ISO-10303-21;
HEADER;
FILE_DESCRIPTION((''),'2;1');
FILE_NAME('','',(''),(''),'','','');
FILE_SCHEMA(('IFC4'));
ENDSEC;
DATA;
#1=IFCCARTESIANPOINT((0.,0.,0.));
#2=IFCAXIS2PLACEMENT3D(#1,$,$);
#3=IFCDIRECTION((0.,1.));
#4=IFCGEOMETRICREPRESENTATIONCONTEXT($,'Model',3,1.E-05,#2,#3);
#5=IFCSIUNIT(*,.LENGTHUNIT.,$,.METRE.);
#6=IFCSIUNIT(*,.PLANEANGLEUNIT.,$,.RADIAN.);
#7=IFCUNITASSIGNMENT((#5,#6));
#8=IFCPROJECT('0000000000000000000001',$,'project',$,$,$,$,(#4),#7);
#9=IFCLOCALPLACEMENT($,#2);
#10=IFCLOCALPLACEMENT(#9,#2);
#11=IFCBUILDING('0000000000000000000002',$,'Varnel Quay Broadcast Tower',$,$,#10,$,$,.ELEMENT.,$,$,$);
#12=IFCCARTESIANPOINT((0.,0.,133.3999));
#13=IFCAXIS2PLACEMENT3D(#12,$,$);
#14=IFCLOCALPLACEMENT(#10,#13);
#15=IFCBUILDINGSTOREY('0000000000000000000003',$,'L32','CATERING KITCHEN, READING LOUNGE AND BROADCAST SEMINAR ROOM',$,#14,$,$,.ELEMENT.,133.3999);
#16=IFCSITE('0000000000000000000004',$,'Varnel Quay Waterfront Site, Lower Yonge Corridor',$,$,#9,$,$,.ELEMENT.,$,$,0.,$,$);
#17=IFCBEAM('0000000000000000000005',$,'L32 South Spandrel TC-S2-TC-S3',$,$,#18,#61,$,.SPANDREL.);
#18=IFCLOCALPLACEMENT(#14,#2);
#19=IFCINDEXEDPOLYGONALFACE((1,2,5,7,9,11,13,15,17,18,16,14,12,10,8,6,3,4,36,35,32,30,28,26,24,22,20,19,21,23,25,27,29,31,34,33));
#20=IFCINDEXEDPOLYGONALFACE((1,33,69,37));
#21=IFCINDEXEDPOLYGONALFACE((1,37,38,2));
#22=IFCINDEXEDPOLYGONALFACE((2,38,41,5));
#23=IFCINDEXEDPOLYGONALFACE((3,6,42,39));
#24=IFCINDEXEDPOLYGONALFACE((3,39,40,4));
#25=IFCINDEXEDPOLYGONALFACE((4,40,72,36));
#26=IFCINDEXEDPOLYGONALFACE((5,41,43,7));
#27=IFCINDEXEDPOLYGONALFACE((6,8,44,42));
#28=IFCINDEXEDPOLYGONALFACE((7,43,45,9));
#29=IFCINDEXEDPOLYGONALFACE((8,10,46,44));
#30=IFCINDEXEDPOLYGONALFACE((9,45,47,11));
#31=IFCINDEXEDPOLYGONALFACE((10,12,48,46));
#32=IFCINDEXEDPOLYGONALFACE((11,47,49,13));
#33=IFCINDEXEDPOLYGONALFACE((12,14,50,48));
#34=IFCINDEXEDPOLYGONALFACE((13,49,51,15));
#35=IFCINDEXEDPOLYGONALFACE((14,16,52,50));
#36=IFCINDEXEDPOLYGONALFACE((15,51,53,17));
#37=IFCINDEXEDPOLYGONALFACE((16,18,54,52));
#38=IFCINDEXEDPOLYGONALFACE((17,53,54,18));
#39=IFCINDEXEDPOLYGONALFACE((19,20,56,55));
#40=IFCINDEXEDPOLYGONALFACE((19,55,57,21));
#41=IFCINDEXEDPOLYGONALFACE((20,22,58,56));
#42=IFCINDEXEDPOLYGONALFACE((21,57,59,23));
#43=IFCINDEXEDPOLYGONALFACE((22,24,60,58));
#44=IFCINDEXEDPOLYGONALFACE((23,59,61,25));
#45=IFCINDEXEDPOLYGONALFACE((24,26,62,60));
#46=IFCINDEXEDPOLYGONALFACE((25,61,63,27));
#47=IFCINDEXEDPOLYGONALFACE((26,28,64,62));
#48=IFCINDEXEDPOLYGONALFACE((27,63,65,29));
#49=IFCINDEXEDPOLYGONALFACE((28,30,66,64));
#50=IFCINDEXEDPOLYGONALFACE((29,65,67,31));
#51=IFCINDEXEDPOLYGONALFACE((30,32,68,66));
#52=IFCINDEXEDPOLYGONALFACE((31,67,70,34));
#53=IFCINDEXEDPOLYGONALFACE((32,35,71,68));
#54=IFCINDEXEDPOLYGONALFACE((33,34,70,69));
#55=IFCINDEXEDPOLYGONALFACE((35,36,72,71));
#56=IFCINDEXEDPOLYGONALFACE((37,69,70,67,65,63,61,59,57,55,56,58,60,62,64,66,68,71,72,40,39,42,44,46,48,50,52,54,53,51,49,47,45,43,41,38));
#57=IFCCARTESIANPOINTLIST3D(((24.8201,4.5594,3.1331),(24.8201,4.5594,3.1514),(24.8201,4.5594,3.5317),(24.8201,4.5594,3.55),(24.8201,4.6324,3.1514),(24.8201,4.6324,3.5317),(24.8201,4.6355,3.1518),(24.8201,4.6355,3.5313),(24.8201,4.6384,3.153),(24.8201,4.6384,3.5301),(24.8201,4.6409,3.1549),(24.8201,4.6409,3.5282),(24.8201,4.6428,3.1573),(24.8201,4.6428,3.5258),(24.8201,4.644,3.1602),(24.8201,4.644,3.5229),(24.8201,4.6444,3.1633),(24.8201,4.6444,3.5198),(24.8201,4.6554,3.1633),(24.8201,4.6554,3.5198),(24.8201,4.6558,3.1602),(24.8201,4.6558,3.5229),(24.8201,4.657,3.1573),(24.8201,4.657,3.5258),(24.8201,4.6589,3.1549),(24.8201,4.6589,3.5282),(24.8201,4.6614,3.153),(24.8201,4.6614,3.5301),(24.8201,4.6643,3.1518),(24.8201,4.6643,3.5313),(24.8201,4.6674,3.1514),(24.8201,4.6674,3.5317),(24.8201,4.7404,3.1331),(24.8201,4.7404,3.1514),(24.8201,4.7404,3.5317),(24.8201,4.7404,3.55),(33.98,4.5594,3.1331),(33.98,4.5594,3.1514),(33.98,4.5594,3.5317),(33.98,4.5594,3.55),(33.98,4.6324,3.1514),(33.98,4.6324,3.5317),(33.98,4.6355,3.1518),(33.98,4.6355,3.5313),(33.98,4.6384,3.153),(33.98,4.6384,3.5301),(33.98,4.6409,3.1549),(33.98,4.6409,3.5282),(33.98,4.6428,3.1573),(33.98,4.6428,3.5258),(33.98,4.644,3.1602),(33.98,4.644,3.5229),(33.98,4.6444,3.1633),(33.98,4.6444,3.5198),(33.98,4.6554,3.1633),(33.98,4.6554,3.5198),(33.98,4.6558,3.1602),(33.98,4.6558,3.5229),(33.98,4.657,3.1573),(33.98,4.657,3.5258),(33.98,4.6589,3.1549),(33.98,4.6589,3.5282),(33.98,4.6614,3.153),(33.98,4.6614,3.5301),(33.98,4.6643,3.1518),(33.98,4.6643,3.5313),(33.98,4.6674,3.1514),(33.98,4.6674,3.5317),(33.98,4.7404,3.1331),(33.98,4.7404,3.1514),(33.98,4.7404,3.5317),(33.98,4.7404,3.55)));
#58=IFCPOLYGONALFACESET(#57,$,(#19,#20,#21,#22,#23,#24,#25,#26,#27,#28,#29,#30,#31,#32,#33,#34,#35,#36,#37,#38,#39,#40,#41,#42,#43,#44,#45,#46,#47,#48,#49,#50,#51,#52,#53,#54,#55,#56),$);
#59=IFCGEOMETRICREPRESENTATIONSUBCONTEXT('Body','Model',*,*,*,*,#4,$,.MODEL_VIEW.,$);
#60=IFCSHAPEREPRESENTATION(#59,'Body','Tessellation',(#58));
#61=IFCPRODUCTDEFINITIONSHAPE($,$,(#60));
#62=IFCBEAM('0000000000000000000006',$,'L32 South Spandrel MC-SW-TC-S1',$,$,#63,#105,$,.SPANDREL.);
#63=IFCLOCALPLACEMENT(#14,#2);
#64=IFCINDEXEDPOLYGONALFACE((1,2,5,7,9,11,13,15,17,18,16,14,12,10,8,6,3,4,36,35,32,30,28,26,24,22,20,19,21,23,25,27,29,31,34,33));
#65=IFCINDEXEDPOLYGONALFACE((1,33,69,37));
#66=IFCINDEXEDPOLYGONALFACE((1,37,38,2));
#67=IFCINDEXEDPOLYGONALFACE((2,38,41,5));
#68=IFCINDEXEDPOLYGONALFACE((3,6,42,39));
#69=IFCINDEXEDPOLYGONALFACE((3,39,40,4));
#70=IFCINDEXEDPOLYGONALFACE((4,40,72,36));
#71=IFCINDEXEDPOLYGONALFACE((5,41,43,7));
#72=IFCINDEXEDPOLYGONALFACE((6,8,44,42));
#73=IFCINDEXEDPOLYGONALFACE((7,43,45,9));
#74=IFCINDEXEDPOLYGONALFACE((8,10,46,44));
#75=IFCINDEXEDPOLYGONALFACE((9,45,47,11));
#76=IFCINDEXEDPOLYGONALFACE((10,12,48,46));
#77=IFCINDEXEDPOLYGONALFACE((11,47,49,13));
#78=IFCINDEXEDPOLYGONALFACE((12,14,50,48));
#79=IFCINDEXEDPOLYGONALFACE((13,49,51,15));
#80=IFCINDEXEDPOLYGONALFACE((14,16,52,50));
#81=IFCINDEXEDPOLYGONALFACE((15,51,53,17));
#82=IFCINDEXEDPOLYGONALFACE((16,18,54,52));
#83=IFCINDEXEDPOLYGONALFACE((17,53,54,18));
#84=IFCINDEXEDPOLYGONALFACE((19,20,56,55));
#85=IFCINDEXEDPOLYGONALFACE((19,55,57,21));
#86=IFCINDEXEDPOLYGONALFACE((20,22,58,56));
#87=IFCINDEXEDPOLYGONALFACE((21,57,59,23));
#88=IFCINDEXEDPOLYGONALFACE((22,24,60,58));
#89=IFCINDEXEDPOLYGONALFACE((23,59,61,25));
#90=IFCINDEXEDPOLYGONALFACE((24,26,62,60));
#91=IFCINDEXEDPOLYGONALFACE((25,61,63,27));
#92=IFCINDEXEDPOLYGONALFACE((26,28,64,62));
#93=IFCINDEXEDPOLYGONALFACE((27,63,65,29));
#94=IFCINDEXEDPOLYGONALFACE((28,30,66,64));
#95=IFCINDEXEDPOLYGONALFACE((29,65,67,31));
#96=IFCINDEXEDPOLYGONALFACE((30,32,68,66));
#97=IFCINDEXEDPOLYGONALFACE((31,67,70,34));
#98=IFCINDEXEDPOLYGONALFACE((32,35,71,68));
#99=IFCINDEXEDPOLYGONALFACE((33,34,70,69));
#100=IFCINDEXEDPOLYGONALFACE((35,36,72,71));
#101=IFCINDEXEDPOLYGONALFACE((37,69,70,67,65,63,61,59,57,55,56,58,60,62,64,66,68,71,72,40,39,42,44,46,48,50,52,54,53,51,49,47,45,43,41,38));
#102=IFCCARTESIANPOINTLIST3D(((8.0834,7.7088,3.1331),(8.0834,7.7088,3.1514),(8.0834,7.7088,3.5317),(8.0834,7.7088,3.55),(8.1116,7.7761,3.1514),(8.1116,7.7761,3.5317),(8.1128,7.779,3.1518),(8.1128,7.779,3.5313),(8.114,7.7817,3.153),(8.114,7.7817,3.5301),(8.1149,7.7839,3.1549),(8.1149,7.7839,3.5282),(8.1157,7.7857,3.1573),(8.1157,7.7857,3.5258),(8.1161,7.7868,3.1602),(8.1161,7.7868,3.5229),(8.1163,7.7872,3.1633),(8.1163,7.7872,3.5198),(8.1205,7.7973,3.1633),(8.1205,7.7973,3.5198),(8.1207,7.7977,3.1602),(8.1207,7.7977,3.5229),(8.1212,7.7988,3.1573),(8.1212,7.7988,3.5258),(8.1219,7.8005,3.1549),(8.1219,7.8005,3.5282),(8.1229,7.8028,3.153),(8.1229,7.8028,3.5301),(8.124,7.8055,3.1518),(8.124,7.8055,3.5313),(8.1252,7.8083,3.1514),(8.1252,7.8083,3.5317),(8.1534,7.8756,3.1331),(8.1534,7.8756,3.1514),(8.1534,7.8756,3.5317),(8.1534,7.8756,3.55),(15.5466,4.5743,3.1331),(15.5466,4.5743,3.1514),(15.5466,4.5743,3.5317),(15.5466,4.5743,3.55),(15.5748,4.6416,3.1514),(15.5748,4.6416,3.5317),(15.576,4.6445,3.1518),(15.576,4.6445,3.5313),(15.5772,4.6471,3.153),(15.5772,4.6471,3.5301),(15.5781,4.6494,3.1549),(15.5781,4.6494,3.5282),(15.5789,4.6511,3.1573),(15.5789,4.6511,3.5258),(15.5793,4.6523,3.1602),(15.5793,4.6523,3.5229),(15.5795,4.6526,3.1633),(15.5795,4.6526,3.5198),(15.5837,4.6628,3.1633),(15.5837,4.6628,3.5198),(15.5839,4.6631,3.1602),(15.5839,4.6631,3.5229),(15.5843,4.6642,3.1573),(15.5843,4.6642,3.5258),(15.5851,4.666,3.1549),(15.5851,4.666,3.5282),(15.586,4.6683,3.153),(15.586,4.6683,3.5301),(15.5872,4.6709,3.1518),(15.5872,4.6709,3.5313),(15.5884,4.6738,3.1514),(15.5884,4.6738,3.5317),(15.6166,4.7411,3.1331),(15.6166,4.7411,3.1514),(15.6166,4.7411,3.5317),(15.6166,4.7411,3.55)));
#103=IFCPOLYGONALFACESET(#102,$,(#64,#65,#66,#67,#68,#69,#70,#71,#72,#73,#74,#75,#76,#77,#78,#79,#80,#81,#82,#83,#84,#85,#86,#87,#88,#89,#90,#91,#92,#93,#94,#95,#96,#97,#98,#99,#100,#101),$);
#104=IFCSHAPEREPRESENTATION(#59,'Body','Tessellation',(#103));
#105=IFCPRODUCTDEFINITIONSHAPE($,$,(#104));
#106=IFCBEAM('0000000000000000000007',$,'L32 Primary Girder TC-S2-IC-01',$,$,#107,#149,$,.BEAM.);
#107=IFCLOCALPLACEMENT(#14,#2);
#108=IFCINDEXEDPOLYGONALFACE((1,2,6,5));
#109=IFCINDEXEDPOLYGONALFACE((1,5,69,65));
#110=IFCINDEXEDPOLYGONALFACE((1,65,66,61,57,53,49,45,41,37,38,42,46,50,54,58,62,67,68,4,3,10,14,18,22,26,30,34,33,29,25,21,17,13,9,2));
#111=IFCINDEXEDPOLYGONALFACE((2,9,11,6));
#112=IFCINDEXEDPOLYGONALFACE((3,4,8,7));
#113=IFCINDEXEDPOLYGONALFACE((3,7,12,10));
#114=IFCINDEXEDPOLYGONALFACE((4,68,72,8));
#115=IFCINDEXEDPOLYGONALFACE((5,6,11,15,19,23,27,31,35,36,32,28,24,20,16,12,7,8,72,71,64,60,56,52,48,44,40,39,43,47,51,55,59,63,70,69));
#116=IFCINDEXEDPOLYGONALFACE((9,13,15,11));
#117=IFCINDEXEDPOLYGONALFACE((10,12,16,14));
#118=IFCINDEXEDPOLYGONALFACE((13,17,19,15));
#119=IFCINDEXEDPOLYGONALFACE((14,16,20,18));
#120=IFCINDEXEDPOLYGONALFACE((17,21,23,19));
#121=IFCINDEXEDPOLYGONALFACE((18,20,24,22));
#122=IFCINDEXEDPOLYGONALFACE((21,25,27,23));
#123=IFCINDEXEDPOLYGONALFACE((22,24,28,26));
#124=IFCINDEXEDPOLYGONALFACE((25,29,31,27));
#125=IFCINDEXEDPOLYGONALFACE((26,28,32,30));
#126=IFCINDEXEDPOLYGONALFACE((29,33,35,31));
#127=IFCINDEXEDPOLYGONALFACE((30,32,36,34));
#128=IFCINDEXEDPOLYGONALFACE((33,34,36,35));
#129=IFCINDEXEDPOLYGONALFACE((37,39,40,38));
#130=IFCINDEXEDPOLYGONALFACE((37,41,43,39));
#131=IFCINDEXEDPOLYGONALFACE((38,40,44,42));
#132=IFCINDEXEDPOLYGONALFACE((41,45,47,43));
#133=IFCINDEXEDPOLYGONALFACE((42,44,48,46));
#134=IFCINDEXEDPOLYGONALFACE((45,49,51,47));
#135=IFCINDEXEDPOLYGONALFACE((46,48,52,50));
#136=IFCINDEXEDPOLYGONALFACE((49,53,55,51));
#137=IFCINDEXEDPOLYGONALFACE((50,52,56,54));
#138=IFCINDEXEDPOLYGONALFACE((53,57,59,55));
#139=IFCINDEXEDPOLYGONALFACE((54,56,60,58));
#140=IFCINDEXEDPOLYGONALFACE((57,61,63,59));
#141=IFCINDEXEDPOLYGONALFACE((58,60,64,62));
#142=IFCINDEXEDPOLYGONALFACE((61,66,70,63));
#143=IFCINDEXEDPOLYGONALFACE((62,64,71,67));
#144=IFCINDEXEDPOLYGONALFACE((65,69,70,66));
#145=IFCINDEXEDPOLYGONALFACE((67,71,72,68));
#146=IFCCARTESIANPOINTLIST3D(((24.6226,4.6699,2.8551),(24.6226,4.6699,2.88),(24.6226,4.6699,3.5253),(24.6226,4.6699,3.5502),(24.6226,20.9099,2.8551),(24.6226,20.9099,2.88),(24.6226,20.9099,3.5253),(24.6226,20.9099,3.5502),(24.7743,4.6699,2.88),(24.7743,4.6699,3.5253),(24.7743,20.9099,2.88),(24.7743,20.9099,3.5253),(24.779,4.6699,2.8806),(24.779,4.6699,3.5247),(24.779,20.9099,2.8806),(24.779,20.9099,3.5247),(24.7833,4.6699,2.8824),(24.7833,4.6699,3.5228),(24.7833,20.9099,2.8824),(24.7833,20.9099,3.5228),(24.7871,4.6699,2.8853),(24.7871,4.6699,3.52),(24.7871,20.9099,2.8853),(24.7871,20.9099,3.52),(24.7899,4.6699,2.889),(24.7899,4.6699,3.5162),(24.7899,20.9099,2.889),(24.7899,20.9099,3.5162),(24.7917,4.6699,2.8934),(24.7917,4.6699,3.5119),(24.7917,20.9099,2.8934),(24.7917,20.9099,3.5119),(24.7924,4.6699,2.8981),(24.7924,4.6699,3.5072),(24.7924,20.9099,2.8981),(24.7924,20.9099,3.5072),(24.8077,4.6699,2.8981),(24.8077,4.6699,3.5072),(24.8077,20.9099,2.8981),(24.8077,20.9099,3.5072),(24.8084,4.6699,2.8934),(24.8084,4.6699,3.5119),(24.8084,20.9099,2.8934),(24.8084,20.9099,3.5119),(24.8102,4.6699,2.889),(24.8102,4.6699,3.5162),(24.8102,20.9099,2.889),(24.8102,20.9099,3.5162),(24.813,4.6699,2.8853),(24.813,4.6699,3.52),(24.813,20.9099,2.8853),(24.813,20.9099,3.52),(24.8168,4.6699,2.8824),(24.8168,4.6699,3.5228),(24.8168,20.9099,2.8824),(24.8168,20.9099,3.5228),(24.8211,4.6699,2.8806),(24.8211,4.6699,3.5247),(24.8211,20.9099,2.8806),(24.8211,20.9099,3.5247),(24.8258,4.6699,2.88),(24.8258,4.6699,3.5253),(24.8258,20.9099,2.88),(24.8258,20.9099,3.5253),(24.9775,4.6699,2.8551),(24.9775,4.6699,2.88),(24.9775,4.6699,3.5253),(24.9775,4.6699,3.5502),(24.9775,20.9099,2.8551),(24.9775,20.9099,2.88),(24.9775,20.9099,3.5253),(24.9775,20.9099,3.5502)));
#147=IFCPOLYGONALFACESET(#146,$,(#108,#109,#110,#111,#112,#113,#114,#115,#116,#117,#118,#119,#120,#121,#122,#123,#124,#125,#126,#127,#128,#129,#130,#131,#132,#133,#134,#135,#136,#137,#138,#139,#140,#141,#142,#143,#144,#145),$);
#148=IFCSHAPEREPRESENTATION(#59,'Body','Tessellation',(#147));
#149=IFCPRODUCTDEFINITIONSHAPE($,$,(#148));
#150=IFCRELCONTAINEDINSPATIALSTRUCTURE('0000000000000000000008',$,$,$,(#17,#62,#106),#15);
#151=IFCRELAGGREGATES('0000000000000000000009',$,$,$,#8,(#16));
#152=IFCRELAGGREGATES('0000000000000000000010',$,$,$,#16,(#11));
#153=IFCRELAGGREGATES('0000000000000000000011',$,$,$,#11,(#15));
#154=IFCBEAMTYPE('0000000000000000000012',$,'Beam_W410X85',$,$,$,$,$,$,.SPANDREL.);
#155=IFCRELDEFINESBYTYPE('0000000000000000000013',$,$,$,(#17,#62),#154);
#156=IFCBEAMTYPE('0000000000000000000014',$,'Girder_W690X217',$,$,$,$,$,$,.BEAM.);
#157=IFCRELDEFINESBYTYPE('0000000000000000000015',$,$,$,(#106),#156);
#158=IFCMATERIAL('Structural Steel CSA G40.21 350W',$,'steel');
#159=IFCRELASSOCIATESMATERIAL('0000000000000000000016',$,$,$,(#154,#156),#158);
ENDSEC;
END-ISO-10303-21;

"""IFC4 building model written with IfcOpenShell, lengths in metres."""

from ifc_helpers import new_model, si_unit, direction, frame, origin, origin_2d, place, context, subcontext, project, spatial, i_section, extrude, source, transform, mapped, material, material_profile, profile_set, type_object, type_shapes, element, save


model = new_model("IFC4")

# Units and contexts
model_context = context("Model", 3, precision=1e-05, world=origin(), true_north=direction((0.0, 1.0)))
body_context = subcontext(model_context, "Body", "Model", "MODEL_VIEW")
ifc_project = project(units=[si_unit("LENGTHUNIT", "METRE"), si_unit("PLANEANGLEUNIT", "RADIAN")], contexts=[model_context])

# Site, building, storey
site_placement = place(None, origin())
site = spatial("IfcSite", under=ifc_project, at=site_placement, Name="Varnel Quay Waterfront Site, Lower Yonge Corridor", CompositionType="ELEMENT", RefElevation=0.0)
building_placement = place(site_placement, origin())
building = spatial("IfcBuilding", under=site, at=building_placement, Name="Varnel Quay Broadcast Tower", CompositionType="ELEMENT")
storey_placement = place(building_placement, frame((0.0, 0.0, 133.3999)))
storey = spatial("IfcBuildingStorey", under=building, at=storey_placement, Name="L32", Description="CATERING KITCHEN, READING LOUNGE AND BROADCAST SEMINAR ROOM", CompositionType="ELEMENT", Elevation=133.3999)

# Shared definitions
ifc_material_1 = material(Name="Structural Steel CSA G40.21 350W", Category="steel")

# Beams
ifc_material_profile_1 = material_profile(ifc_material_1, i_section(OverallWidth=0.1809, OverallDepth=0.417, WebThickness=0.011, FlangeThickness=0.0183, FilletRadius=0.012, at=origin_2d()), Name="W410X85")
ifc_profile_set_1 = profile_set([ifc_material_profile_1], Name="Structural Steel CSA G40.21 350W")
beam_type_1 = type_object("IfcBeamType", Name="Beam_W410X85", PredefinedType="SPANDREL", material=ifc_profile_set_1)
shared_shape_1 = source(origin(), body_context, "Body", "SweptSolid", [
    extrude(i_section(OverallWidth=0.1809, OverallDepth=0.417, WebThickness=0.011, FlangeThickness=0.0183, FilletRadius=0.012, at=origin_2d()), origin(), (0.0, 0.0, 1.0), 9.1599),
])
for number, where, z_axis, x_axis, name in (
    (1, (24.8201, 4.6499, 3.3416), (1.0, 0.0, 0.0), (0.0, 1.0, 0.0), "L32 South Spandrel TC-S2-TC-S3"),
):
    element("IfcBeam", number, at=place(storey_placement, frame(where, z_axis=z_axis, x_axis=x_axis)), inside=storey, type_object=beam_type_1, Name=name, PredefinedType="SPANDREL", context=body_context, shape_type="MappedRepresentation", body=[
        mapped(shared_shape_1, transform((0.0, 0.0, 0.0), x_axis=(1.0, 0.0, 0.0), y_axis=(0.0, 1.0, 0.0), z_axis=(0.0, 0.0, 1.0), scale=1.0)),
    ])
shared_shape_2 = source(origin(), body_context, "Body", "SweptSolid", [
    extrude(i_section(OverallWidth=0.1809, OverallDepth=0.417, WebThickness=0.011, FlangeThickness=0.0183, FilletRadius=0.012, at=origin_2d()), origin(), (0.0, 0.0, 1.0), 8.0947),
])
type_shapes(beam_type_1, [shared_shape_1, shared_shape_2])
beam_1_placement = place(storey_placement, frame((8.1184, 7.7922, 3.3416), z_axis=(0.921982, -0.387233, 0.0), x_axis=(0.387233, 0.921982, 0.0)))
element("IfcBeam", 2, at=beam_1_placement, inside=storey, type_object=beam_type_1, Name="L32 South Spandrel MC-SW-TC-S1", PredefinedType="SPANDREL", context=body_context, shape_type="MappedRepresentation", body=[
    mapped(shared_shape_2, transform((0.0, 0.0, 0.0), x_axis=(1.0, 0.0, 0.0), y_axis=(0.0, 1.0, 0.0), z_axis=(0.0, 0.0, 1.0), scale=1.0)),
])
ifc_material_profile_2 = material_profile(ifc_material_1, i_section(OverallWidth=0.355, OverallDepth=0.6951, WebThickness=0.0154, FlangeThickness=0.0249, FilletRadius=0.0181, at=origin_2d()), Name="W690X217")
ifc_profile_set_2 = profile_set([ifc_material_profile_2], Name="Structural Steel CSA G40.21 350W")
beam_type_2 = type_object("IfcBeamType", Name="Girder_W690X217", PredefinedType="BEAM", material=ifc_profile_set_2)
shared_shape_3 = source(origin(), body_context, "Body", "SweptSolid", [
    extrude(i_section(OverallWidth=0.355, OverallDepth=0.6951, WebThickness=0.0154, FlangeThickness=0.0249, FilletRadius=0.0181, at=origin_2d()), origin(), (0.0, 0.0, 1.0), 16.24),
])
type_shapes(beam_type_2, [shared_shape_3])
beam_2_placement = place(storey_placement, frame((24.8, 4.6699, 3.2026), z_axis=(0.0, 1.0, 0.0), x_axis=(-1.0, 0.0, 0.0)))
element("IfcBeam", 3, at=beam_2_placement, inside=storey, type_object=beam_type_2, Name="L32 Primary Girder TC-S2-IC-01", PredefinedType="BEAM", context=body_context, shape_type="MappedRepresentation", body=[
    mapped(shared_shape_3, transform((0.0, 0.0, 0.0), x_axis=(1.0, 0.0, 0.0), y_axis=(0.0, 1.0, 0.0), z_axis=(0.0, 0.0, 1.0), scale=1.0)),
])

save(model, "model.ifc")
